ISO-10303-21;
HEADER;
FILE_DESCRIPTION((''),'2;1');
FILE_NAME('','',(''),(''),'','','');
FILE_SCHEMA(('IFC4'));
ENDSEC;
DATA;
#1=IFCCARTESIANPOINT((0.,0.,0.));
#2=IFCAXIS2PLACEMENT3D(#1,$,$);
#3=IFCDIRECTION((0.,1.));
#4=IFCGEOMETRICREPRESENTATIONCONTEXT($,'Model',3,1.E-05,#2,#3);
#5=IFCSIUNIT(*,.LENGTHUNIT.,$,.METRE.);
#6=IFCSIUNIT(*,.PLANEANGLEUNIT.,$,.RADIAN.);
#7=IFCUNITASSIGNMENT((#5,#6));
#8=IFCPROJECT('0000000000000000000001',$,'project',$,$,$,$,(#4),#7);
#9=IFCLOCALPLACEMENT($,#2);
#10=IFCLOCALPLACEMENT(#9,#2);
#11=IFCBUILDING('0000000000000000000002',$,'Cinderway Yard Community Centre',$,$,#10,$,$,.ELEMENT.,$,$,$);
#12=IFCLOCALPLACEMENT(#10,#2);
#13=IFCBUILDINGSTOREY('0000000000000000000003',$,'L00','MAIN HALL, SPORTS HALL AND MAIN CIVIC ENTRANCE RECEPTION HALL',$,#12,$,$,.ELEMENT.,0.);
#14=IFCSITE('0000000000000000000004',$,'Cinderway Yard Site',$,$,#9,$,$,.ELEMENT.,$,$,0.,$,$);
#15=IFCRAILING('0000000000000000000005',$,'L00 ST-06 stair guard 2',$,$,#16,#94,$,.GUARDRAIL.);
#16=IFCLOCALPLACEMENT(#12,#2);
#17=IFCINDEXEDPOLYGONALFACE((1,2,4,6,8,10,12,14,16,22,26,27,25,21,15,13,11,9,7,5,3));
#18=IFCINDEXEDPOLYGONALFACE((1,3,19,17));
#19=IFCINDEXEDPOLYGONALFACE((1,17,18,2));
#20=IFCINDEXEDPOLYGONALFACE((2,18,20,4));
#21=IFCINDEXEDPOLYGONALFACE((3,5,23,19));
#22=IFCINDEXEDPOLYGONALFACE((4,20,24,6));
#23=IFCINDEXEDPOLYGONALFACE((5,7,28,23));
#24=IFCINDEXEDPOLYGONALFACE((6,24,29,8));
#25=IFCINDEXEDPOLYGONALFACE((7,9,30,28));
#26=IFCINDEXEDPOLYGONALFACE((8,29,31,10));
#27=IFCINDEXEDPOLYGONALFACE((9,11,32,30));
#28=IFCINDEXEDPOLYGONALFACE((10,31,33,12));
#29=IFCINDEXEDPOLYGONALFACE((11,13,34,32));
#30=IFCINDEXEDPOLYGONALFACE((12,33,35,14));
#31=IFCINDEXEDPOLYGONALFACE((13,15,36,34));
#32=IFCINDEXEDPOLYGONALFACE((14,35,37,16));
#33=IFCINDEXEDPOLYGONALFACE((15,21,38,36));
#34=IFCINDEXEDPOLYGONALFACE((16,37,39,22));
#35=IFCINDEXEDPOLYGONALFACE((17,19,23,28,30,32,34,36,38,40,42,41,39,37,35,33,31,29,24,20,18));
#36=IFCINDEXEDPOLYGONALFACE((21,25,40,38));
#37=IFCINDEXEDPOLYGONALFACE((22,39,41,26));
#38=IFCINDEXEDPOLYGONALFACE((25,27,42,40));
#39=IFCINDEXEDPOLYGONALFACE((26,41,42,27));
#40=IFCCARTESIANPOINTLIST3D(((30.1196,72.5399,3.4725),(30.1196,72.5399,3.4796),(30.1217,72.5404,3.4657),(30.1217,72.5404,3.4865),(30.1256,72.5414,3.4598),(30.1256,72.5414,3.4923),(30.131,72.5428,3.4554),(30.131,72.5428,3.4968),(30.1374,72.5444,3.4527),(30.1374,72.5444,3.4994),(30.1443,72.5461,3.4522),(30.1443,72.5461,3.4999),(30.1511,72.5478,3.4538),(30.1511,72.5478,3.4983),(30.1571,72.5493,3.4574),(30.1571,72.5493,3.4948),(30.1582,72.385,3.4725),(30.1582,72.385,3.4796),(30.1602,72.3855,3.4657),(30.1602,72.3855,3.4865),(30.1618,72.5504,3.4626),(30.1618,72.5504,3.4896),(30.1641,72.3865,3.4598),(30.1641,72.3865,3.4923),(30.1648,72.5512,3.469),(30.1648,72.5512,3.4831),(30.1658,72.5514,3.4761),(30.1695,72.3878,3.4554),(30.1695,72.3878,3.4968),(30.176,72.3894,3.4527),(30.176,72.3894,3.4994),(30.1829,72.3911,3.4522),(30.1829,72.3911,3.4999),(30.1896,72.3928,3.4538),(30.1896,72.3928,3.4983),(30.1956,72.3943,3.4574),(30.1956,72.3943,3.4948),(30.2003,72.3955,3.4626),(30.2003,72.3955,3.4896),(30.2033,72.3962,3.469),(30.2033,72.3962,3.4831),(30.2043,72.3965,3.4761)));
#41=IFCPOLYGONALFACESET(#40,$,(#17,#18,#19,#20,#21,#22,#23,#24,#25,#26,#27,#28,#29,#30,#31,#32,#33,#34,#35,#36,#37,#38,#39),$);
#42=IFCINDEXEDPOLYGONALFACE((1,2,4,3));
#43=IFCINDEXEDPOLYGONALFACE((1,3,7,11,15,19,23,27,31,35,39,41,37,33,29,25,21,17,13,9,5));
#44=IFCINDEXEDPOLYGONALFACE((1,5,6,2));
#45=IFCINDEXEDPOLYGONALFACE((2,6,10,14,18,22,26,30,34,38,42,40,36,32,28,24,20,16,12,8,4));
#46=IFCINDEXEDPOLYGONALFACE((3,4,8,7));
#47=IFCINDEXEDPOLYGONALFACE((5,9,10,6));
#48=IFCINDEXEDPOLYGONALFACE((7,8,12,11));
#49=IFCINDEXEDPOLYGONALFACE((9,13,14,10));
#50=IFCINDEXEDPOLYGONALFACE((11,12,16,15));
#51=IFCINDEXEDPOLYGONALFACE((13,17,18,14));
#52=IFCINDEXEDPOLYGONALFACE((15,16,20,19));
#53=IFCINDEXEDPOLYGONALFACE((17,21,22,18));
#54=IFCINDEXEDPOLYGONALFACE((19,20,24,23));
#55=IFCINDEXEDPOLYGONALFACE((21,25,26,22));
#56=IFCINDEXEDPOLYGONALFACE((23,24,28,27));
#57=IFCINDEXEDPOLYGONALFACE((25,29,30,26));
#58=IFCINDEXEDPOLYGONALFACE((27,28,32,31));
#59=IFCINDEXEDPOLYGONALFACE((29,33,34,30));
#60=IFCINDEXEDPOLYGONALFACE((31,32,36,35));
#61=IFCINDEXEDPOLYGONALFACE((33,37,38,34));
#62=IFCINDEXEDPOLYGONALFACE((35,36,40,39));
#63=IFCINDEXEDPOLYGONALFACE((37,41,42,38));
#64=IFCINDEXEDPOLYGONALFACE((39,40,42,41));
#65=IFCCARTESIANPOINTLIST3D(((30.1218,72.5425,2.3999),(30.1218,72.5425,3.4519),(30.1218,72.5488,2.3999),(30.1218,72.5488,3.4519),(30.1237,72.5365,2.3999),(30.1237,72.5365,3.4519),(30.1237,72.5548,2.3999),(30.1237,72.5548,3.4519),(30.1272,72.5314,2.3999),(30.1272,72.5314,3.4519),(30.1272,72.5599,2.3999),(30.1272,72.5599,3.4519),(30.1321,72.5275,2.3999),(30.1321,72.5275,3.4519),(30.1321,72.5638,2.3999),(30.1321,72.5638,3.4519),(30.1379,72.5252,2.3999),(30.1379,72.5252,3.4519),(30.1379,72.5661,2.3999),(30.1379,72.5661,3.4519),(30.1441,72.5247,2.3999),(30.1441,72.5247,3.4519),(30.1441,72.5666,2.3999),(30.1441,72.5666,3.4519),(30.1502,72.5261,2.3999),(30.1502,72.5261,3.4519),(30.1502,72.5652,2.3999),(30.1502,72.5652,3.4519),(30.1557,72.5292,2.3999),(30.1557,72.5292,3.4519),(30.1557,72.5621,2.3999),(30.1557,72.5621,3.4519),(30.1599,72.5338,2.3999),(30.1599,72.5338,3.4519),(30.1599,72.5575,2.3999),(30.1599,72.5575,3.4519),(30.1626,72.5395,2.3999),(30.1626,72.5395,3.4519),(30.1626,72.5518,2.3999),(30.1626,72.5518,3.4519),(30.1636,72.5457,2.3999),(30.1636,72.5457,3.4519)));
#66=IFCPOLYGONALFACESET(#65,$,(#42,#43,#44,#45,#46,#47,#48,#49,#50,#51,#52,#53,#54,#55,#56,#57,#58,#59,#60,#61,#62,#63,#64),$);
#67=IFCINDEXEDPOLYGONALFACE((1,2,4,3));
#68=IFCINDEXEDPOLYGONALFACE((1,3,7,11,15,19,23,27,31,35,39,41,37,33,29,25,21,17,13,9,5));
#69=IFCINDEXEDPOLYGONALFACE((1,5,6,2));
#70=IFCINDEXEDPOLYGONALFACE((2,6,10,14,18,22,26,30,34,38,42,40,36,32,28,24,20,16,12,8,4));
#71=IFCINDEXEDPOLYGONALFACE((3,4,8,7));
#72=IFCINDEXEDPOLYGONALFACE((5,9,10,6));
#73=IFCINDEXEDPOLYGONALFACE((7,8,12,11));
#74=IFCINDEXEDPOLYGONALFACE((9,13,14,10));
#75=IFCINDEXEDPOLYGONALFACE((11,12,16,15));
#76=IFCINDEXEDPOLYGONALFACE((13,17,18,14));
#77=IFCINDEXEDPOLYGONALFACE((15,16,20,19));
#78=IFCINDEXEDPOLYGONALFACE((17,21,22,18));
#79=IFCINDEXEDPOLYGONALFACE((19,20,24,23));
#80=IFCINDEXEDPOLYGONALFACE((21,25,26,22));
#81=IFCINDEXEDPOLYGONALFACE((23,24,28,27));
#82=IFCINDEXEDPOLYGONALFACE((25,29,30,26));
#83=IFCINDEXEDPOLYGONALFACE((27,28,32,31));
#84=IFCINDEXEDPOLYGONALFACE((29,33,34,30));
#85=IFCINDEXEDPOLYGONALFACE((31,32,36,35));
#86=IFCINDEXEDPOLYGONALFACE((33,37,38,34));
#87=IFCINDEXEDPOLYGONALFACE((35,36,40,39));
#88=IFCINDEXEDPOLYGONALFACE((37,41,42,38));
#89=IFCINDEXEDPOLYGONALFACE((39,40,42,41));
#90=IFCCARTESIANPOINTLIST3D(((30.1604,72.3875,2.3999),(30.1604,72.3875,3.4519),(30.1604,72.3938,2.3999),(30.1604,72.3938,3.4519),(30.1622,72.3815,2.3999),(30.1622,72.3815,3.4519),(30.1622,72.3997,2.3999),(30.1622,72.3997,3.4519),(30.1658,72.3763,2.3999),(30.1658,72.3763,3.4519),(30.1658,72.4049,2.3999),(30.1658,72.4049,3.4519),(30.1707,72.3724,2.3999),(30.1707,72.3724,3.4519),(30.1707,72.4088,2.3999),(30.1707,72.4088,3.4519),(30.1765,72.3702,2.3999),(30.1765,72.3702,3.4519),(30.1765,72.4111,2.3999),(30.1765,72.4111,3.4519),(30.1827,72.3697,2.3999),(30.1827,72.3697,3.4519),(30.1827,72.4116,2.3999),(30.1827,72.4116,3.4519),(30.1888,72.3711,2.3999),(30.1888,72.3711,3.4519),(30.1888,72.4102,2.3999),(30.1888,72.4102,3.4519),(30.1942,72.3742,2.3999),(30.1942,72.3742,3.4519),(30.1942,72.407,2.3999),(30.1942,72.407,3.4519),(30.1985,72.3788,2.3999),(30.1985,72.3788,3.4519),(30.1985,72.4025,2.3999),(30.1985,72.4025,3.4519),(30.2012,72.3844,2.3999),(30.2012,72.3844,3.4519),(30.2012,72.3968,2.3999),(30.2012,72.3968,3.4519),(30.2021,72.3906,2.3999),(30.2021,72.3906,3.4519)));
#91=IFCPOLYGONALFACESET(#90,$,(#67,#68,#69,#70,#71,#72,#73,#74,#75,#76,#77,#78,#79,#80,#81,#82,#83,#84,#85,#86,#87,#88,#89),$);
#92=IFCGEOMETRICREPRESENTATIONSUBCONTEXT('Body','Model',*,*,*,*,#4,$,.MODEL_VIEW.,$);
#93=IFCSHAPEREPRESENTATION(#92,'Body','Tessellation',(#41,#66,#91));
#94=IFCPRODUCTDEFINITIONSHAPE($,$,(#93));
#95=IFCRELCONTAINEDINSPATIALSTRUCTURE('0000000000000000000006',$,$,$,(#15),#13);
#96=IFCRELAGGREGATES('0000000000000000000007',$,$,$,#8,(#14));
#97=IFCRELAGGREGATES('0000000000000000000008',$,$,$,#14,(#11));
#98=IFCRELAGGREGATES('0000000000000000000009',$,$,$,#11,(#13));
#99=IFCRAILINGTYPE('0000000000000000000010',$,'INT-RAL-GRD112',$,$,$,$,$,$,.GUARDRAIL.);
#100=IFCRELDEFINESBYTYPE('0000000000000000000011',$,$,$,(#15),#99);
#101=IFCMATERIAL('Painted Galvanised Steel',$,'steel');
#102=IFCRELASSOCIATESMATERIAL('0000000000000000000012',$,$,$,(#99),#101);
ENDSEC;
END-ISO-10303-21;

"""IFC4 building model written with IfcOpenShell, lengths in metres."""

from ifc_helpers import new_model, si_unit, direction, frame, origin, origin_2d, place, context, subcontext, project, spatial, circle, extrude, material, type_object, element, save


model = new_model("IFC4")

# Units and contexts
model_context = context("Model", 3, precision=1e-05, world=origin(), true_north=direction((0.0, 1.0)))
body_context = subcontext(model_context, "Body", "Model", "MODEL_VIEW")
ifc_project = project(units=[si_unit("LENGTHUNIT", "METRE"), si_unit("PLANEANGLEUNIT", "RADIAN")], contexts=[model_context])

# Site, building, storey
site_placement = place(None, origin())
site = spatial("IfcSite", under=ifc_project, at=site_placement, Name="Cinderway Yard Site", CompositionType="ELEMENT", RefElevation=0.0)
building_placement = place(site_placement, origin())
building = spatial("IfcBuilding", under=site, at=building_placement, Name="Cinderway Yard Community Centre", CompositionType="ELEMENT")
storey_placement = place(building_placement, origin())
storey = spatial("IfcBuildingStorey", under=building, at=storey_placement, Name="L00", Description="MAIN HALL, SPORTS HALL AND MAIN CIVIC ENTRANCE RECEPTION HALL", CompositionType="ELEMENT", Elevation=0.0)

# Shared definitions
ifc_material_1 = material(Name="Painted Galvanised Steel", Category="steel")

# Railing
railing_type_1 = type_object("IfcRailingType", Name="INT-RAL-GRD112", PredefinedType="GUARDRAIL", material=ifc_material_1)
railing_1_placement = place(storey_placement, frame((30.1426, 72.5457, 2.3999)))
element("IfcRailing", 1, at=railing_1_placement, inside=storey, type_object=railing_type_1, Name="L00 ST-06 stair guard 2", PredefinedType="GUARDRAIL", context=body_context, shape_type="SweptSolid", body=[
    extrude(circle(Radius=0.0239, at=origin_2d()), frame((0.0, 0.0, 1.0762), z_axis=(0.241457, -0.970412, 0.0), x_axis=(0.970412, 0.241457, 0.0)), (0.0, 0.0, 1.0), 0.1597),
    extrude(circle(Radius=0.021, at=origin_2d()), origin(), (0.0, 0.0, 1.0), 1.052),
    extrude(circle(Radius=0.021, at=origin_2d()), frame((0.0386, -0.155, 0.0)), (0.0, 0.0, 1.0), 1.052),
])

save(model, "model.ifc")
